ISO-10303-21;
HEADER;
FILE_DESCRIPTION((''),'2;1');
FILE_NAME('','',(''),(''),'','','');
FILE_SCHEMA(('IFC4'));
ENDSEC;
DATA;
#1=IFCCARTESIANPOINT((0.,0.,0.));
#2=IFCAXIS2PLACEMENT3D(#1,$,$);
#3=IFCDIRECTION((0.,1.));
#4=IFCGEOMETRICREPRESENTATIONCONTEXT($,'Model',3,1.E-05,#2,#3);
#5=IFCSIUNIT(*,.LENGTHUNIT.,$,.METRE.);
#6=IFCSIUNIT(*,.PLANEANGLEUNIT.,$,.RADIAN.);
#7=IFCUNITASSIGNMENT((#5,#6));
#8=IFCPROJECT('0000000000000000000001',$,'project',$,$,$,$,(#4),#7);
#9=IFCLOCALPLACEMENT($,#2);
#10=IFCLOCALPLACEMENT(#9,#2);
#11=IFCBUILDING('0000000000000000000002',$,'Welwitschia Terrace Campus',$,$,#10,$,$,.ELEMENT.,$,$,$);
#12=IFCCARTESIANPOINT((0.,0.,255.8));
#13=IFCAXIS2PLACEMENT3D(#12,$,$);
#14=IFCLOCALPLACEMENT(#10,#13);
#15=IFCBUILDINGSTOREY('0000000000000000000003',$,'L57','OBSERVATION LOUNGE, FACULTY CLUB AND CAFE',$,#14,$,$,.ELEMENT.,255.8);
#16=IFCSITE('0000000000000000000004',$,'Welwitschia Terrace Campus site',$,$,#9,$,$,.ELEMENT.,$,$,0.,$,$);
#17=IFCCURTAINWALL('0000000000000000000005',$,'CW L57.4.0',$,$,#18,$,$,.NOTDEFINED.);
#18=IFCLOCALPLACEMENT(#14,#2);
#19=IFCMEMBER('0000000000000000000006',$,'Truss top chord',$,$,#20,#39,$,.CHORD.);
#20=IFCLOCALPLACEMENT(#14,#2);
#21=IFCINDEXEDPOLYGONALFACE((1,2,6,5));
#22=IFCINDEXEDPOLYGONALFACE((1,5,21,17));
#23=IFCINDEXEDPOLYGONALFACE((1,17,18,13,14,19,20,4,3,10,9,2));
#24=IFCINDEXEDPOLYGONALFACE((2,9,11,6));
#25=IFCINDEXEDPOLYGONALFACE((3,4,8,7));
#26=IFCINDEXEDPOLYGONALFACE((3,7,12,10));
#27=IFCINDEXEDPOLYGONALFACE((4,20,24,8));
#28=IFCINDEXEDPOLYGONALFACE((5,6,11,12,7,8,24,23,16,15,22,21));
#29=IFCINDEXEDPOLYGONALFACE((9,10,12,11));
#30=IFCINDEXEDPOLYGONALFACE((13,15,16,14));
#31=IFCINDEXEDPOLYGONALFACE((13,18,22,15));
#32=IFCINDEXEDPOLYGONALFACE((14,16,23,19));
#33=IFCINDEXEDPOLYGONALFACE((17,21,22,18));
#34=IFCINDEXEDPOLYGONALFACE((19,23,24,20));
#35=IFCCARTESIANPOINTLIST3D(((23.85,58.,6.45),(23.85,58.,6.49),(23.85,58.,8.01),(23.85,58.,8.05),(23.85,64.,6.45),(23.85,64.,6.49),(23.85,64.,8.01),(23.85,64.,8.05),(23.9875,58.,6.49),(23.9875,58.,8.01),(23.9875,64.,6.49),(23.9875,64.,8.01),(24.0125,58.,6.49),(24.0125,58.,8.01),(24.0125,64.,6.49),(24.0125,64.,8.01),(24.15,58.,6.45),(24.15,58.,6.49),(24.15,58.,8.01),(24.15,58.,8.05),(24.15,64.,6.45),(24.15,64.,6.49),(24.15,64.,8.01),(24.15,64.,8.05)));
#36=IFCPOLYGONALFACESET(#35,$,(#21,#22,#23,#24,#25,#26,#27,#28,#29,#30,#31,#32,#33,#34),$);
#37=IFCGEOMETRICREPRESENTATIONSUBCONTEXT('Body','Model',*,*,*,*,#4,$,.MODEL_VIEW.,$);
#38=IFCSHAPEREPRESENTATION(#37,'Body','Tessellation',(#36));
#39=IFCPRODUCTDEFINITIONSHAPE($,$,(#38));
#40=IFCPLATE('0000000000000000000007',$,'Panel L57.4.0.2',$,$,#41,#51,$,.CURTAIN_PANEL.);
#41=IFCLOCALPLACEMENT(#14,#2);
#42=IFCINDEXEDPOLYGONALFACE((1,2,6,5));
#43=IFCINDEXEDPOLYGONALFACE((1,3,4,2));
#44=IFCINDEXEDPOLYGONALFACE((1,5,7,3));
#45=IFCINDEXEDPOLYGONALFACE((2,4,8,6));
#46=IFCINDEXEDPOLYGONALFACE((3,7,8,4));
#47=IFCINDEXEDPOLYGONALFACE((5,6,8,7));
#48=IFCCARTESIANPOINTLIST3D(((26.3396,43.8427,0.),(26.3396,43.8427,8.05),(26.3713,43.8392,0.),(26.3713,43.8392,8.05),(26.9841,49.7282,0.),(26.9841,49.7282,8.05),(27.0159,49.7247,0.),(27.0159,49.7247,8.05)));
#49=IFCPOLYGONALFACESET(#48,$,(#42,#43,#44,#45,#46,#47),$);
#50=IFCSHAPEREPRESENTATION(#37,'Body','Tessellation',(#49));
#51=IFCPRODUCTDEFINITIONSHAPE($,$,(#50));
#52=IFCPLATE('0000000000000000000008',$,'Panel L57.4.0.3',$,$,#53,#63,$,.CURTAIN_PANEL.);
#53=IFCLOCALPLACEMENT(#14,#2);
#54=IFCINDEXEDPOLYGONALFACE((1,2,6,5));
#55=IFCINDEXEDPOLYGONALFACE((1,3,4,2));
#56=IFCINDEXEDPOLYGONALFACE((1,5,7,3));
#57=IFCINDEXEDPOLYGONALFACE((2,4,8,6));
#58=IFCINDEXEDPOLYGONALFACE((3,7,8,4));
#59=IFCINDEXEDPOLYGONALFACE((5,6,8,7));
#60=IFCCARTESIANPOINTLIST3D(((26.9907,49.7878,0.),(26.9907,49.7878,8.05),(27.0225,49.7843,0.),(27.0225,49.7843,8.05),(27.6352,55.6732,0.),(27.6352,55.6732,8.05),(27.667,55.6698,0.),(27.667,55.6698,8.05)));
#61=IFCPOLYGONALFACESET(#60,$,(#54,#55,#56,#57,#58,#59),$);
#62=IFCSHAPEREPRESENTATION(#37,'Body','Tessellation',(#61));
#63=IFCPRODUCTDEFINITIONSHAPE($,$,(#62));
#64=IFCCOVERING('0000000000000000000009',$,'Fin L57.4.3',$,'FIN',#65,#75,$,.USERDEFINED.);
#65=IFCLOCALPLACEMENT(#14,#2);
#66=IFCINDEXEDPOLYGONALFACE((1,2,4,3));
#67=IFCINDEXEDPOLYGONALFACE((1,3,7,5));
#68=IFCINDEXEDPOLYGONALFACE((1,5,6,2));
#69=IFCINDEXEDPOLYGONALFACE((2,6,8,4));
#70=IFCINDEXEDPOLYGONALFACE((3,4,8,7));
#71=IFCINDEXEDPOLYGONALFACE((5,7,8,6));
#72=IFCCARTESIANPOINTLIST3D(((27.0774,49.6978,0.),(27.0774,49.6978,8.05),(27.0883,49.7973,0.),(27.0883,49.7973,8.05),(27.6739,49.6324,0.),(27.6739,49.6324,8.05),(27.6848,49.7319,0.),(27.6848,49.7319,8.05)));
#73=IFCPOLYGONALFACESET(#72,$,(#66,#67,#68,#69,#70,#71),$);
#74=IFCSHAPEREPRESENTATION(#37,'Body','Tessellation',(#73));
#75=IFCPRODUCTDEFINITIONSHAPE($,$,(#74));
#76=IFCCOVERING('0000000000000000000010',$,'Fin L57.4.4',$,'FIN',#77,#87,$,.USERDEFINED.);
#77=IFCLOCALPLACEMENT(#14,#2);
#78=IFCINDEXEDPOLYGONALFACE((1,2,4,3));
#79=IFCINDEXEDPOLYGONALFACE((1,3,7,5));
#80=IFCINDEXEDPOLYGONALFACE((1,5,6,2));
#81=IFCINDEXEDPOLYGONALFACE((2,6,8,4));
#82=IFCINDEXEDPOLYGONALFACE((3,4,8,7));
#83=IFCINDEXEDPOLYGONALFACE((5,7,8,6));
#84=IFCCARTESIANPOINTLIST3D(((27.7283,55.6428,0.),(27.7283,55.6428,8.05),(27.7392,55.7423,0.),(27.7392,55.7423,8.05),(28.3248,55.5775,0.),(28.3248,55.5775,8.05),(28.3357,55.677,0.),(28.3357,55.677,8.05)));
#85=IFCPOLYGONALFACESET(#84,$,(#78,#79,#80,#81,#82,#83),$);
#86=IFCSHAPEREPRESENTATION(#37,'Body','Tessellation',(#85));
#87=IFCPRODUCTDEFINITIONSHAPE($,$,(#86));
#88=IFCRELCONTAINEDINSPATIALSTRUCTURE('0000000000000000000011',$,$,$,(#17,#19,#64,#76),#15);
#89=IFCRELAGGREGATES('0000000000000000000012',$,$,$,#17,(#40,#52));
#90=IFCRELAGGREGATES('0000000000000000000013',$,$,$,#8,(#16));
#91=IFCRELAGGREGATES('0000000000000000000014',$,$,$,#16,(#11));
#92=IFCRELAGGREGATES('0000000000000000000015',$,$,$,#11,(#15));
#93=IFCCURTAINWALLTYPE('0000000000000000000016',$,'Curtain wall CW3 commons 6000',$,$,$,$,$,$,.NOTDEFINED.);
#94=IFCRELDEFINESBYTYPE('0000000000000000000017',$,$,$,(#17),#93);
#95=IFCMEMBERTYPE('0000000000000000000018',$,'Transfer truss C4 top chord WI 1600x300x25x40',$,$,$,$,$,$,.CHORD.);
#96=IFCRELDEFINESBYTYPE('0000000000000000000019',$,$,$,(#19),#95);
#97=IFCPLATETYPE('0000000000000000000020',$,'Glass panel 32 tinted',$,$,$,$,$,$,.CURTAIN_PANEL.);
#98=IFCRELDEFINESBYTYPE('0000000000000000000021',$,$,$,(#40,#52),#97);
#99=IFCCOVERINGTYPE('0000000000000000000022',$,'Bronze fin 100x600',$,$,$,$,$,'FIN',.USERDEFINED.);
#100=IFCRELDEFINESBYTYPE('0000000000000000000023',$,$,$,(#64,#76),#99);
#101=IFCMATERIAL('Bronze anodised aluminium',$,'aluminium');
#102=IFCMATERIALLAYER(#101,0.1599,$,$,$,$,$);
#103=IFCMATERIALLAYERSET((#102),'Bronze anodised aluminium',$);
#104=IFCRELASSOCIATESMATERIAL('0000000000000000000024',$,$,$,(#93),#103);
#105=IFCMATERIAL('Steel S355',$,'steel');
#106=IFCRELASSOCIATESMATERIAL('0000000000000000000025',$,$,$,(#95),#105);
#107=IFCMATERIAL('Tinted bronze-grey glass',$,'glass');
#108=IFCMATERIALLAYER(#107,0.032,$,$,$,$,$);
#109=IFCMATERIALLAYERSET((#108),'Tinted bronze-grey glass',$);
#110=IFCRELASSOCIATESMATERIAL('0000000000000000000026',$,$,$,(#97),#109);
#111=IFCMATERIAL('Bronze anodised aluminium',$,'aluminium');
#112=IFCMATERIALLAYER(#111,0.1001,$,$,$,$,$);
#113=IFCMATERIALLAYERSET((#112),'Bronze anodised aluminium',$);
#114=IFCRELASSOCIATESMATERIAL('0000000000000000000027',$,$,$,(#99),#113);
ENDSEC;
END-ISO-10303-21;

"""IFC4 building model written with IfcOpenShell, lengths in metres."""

from ifc_helpers import new_model, si_unit, direction, frame, origin, origin_2d, place, context, subcontext, project, spatial, rectangle, i_section, extrude, material, layer, layer_set, material_profile, profile_set, type_object, element, aggregate, save


model = new_model("IFC4")

# Units and contexts
model_context = context("Model", 3, precision=1e-05, world=origin(), true_north=direction((0.0, 1.0)))
body_context = subcontext(model_context, "Body", "Model", "MODEL_VIEW")
ifc_project = project(units=[si_unit("LENGTHUNIT", "METRE"), si_unit("PLANEANGLEUNIT", "RADIAN")], contexts=[model_context])

# Site, building, storey
site_placement = place(None, origin())
site = spatial("IfcSite", under=ifc_project, at=site_placement, Name="Welwitschia Terrace Campus site", CompositionType="ELEMENT", RefElevation=0.0)
building_placement = place(site_placement, origin())
building = spatial("IfcBuilding", under=site, at=building_placement, Name="Welwitschia Terrace Campus", CompositionType="ELEMENT")
storey_placement = place(building_placement, frame((0.0, 0.0, 255.8)))
storey = spatial("IfcBuildingStorey", under=building, at=storey_placement, Name="L57", Description="OBSERVATION LOUNGE, FACULTY CLUB AND CAFE", CompositionType="ELEMENT", Elevation=255.8)

# Curtain wall
ifc_material_1 = material(Name="Bronze anodised aluminium", Category="aluminium")
ifc_layer_1 = layer(ifc_material_1, 0.1599)
ifc_layer_set_1 = layer_set([ifc_layer_1], Name="Bronze anodised aluminium")
curtain_wall_type = type_object("IfcCurtainWallType", Name="Curtain wall CW3 commons 6000", PredefinedType="NOTDEFINED", material=ifc_layer_set_1)
curtain_wall_placement = place(storey_placement, origin())
curtain_wall = element("IfcCurtainWall", 1, at=curtain_wall_placement, inside=storey, type_object=curtain_wall_type, Name="CW L57.4.0", PredefinedType="NOTDEFINED")

# Member
ifc_material_2 = material(Name="Steel S355", Category="steel")
ifc_material_profile_1 = material_profile(ifc_material_2, i_section(OverallWidth=0.3, OverallDepth=1.6001, WebThickness=0.0249, FlangeThickness=0.04, at=origin_2d()))
ifc_profile_set_1 = profile_set([ifc_material_profile_1], Name="Steel S355")
member_type_1 = type_object("IfcMemberType", Name="Transfer truss C4 top chord WI 1600x300x25x40", PredefinedType="CHORD", material=ifc_profile_set_1)
for number, where, z_axis, x_axis, name in (
    (2, (24.0, 58.0, 7.25), (0.0, 1.0, 0.0), (-1.0, 0.0, 0.0), "Truss top chord"),
):
    element("IfcMember", number, at=place(storey_placement, frame(where, z_axis=z_axis, x_axis=x_axis)), inside=storey, type_object=member_type_1, Name=name, PredefinedType="CHORD", context=body_context, shape_type="SweptSolid", body=[
        extrude(i_section(OverallWidth=0.3, OverallDepth=1.6001, WebThickness=0.0249, FlangeThickness=0.04, at=origin_2d()), origin(), (0.0, 0.0, 1.0), 6.0),
    ])

# Plates
ifc_material_3 = material(Name="Tinted bronze-grey glass", Category="glass")
ifc_layer_2 = layer(ifc_material_3, 0.032)
ifc_layer_set_2 = layer_set([ifc_layer_2], Name="Tinted bronze-grey glass")
plate_type = type_object("IfcPlateType", Name="Glass panel 32 tinted", PredefinedType="CURTAIN_PANEL", material=ifc_layer_set_2)
plate_1_placement = place(storey_placement, frame((26.6777, 46.7837, 0.0), z_axis=(0.0, 0.0, 1.0), x_axis=(0.108867, 0.994056, 0.0)))
plate_1 = element("IfcPlate", 3, at=plate_1_placement, type_object=plate_type, Name="Panel L57.4.0.2", PredefinedType="CURTAIN_PANEL", context=body_context, shape_type="SweptSolid", body=[
    extrude(rectangle(XDim=5.9207, YDim=0.032, at=origin_2d()), origin(), (0.0, 0.0, 1.0), 8.05),
])
plate_2_placement = place(storey_placement, frame((27.3289, 52.7288, 0.0), z_axis=(0.0, 0.0, 1.0), x_axis=(0.108867, 0.994056, 0.0)))
plate_2 = element("IfcPlate", 4, at=plate_2_placement, type_object=plate_type, Name="Panel L57.4.0.3", PredefinedType="CURTAIN_PANEL", context=body_context, shape_type="SweptSolid", body=[
    extrude(rectangle(XDim=5.9207, YDim=0.032, at=origin_2d()), origin(), (0.0, 0.0, 1.0), 8.05),
])
aggregate(curtain_wall, [plate_1, plate_2])

# Coverings
ifc_material_4 = material(Name="Bronze anodised aluminium", Category="aluminium")
ifc_layer_3 = layer(ifc_material_4, 0.1001)
ifc_layer_set_3 = layer_set([ifc_layer_3], Name="Bronze anodised aluminium")
covering_type = type_object("IfcCoveringType", Name="Bronze fin 100x600", ElementType="FIN", PredefinedType="USERDEFINED", material=ifc_layer_set_3)
for number, where, z_axis, x_axis, name in (
    (5, (27.3811, 49.7148, 0.0), (0.0, 0.0, 1.0), (0.108867, 0.994056, 0.0), "Fin L57.4.3"),
    (6, (28.032, 55.6599, 0.0), (0.0, 0.0, 1.0), (0.108867, 0.994056, 0.0), "Fin L57.4.4"),
):
    element("IfcCovering", number, at=place(storey_placement, frame(where, z_axis=z_axis, x_axis=x_axis)), inside=storey, type_object=covering_type, Name=name, ObjectType="FIN", PredefinedType="USERDEFINED", context=body_context, shape_type="SweptSolid", body=[
        extrude(rectangle(XDim=0.1001, YDim=0.6001, at=origin_2d()), origin(), (0.0, 0.0, 1.0), 8.05),
    ])

save(model, "model.ifc")
